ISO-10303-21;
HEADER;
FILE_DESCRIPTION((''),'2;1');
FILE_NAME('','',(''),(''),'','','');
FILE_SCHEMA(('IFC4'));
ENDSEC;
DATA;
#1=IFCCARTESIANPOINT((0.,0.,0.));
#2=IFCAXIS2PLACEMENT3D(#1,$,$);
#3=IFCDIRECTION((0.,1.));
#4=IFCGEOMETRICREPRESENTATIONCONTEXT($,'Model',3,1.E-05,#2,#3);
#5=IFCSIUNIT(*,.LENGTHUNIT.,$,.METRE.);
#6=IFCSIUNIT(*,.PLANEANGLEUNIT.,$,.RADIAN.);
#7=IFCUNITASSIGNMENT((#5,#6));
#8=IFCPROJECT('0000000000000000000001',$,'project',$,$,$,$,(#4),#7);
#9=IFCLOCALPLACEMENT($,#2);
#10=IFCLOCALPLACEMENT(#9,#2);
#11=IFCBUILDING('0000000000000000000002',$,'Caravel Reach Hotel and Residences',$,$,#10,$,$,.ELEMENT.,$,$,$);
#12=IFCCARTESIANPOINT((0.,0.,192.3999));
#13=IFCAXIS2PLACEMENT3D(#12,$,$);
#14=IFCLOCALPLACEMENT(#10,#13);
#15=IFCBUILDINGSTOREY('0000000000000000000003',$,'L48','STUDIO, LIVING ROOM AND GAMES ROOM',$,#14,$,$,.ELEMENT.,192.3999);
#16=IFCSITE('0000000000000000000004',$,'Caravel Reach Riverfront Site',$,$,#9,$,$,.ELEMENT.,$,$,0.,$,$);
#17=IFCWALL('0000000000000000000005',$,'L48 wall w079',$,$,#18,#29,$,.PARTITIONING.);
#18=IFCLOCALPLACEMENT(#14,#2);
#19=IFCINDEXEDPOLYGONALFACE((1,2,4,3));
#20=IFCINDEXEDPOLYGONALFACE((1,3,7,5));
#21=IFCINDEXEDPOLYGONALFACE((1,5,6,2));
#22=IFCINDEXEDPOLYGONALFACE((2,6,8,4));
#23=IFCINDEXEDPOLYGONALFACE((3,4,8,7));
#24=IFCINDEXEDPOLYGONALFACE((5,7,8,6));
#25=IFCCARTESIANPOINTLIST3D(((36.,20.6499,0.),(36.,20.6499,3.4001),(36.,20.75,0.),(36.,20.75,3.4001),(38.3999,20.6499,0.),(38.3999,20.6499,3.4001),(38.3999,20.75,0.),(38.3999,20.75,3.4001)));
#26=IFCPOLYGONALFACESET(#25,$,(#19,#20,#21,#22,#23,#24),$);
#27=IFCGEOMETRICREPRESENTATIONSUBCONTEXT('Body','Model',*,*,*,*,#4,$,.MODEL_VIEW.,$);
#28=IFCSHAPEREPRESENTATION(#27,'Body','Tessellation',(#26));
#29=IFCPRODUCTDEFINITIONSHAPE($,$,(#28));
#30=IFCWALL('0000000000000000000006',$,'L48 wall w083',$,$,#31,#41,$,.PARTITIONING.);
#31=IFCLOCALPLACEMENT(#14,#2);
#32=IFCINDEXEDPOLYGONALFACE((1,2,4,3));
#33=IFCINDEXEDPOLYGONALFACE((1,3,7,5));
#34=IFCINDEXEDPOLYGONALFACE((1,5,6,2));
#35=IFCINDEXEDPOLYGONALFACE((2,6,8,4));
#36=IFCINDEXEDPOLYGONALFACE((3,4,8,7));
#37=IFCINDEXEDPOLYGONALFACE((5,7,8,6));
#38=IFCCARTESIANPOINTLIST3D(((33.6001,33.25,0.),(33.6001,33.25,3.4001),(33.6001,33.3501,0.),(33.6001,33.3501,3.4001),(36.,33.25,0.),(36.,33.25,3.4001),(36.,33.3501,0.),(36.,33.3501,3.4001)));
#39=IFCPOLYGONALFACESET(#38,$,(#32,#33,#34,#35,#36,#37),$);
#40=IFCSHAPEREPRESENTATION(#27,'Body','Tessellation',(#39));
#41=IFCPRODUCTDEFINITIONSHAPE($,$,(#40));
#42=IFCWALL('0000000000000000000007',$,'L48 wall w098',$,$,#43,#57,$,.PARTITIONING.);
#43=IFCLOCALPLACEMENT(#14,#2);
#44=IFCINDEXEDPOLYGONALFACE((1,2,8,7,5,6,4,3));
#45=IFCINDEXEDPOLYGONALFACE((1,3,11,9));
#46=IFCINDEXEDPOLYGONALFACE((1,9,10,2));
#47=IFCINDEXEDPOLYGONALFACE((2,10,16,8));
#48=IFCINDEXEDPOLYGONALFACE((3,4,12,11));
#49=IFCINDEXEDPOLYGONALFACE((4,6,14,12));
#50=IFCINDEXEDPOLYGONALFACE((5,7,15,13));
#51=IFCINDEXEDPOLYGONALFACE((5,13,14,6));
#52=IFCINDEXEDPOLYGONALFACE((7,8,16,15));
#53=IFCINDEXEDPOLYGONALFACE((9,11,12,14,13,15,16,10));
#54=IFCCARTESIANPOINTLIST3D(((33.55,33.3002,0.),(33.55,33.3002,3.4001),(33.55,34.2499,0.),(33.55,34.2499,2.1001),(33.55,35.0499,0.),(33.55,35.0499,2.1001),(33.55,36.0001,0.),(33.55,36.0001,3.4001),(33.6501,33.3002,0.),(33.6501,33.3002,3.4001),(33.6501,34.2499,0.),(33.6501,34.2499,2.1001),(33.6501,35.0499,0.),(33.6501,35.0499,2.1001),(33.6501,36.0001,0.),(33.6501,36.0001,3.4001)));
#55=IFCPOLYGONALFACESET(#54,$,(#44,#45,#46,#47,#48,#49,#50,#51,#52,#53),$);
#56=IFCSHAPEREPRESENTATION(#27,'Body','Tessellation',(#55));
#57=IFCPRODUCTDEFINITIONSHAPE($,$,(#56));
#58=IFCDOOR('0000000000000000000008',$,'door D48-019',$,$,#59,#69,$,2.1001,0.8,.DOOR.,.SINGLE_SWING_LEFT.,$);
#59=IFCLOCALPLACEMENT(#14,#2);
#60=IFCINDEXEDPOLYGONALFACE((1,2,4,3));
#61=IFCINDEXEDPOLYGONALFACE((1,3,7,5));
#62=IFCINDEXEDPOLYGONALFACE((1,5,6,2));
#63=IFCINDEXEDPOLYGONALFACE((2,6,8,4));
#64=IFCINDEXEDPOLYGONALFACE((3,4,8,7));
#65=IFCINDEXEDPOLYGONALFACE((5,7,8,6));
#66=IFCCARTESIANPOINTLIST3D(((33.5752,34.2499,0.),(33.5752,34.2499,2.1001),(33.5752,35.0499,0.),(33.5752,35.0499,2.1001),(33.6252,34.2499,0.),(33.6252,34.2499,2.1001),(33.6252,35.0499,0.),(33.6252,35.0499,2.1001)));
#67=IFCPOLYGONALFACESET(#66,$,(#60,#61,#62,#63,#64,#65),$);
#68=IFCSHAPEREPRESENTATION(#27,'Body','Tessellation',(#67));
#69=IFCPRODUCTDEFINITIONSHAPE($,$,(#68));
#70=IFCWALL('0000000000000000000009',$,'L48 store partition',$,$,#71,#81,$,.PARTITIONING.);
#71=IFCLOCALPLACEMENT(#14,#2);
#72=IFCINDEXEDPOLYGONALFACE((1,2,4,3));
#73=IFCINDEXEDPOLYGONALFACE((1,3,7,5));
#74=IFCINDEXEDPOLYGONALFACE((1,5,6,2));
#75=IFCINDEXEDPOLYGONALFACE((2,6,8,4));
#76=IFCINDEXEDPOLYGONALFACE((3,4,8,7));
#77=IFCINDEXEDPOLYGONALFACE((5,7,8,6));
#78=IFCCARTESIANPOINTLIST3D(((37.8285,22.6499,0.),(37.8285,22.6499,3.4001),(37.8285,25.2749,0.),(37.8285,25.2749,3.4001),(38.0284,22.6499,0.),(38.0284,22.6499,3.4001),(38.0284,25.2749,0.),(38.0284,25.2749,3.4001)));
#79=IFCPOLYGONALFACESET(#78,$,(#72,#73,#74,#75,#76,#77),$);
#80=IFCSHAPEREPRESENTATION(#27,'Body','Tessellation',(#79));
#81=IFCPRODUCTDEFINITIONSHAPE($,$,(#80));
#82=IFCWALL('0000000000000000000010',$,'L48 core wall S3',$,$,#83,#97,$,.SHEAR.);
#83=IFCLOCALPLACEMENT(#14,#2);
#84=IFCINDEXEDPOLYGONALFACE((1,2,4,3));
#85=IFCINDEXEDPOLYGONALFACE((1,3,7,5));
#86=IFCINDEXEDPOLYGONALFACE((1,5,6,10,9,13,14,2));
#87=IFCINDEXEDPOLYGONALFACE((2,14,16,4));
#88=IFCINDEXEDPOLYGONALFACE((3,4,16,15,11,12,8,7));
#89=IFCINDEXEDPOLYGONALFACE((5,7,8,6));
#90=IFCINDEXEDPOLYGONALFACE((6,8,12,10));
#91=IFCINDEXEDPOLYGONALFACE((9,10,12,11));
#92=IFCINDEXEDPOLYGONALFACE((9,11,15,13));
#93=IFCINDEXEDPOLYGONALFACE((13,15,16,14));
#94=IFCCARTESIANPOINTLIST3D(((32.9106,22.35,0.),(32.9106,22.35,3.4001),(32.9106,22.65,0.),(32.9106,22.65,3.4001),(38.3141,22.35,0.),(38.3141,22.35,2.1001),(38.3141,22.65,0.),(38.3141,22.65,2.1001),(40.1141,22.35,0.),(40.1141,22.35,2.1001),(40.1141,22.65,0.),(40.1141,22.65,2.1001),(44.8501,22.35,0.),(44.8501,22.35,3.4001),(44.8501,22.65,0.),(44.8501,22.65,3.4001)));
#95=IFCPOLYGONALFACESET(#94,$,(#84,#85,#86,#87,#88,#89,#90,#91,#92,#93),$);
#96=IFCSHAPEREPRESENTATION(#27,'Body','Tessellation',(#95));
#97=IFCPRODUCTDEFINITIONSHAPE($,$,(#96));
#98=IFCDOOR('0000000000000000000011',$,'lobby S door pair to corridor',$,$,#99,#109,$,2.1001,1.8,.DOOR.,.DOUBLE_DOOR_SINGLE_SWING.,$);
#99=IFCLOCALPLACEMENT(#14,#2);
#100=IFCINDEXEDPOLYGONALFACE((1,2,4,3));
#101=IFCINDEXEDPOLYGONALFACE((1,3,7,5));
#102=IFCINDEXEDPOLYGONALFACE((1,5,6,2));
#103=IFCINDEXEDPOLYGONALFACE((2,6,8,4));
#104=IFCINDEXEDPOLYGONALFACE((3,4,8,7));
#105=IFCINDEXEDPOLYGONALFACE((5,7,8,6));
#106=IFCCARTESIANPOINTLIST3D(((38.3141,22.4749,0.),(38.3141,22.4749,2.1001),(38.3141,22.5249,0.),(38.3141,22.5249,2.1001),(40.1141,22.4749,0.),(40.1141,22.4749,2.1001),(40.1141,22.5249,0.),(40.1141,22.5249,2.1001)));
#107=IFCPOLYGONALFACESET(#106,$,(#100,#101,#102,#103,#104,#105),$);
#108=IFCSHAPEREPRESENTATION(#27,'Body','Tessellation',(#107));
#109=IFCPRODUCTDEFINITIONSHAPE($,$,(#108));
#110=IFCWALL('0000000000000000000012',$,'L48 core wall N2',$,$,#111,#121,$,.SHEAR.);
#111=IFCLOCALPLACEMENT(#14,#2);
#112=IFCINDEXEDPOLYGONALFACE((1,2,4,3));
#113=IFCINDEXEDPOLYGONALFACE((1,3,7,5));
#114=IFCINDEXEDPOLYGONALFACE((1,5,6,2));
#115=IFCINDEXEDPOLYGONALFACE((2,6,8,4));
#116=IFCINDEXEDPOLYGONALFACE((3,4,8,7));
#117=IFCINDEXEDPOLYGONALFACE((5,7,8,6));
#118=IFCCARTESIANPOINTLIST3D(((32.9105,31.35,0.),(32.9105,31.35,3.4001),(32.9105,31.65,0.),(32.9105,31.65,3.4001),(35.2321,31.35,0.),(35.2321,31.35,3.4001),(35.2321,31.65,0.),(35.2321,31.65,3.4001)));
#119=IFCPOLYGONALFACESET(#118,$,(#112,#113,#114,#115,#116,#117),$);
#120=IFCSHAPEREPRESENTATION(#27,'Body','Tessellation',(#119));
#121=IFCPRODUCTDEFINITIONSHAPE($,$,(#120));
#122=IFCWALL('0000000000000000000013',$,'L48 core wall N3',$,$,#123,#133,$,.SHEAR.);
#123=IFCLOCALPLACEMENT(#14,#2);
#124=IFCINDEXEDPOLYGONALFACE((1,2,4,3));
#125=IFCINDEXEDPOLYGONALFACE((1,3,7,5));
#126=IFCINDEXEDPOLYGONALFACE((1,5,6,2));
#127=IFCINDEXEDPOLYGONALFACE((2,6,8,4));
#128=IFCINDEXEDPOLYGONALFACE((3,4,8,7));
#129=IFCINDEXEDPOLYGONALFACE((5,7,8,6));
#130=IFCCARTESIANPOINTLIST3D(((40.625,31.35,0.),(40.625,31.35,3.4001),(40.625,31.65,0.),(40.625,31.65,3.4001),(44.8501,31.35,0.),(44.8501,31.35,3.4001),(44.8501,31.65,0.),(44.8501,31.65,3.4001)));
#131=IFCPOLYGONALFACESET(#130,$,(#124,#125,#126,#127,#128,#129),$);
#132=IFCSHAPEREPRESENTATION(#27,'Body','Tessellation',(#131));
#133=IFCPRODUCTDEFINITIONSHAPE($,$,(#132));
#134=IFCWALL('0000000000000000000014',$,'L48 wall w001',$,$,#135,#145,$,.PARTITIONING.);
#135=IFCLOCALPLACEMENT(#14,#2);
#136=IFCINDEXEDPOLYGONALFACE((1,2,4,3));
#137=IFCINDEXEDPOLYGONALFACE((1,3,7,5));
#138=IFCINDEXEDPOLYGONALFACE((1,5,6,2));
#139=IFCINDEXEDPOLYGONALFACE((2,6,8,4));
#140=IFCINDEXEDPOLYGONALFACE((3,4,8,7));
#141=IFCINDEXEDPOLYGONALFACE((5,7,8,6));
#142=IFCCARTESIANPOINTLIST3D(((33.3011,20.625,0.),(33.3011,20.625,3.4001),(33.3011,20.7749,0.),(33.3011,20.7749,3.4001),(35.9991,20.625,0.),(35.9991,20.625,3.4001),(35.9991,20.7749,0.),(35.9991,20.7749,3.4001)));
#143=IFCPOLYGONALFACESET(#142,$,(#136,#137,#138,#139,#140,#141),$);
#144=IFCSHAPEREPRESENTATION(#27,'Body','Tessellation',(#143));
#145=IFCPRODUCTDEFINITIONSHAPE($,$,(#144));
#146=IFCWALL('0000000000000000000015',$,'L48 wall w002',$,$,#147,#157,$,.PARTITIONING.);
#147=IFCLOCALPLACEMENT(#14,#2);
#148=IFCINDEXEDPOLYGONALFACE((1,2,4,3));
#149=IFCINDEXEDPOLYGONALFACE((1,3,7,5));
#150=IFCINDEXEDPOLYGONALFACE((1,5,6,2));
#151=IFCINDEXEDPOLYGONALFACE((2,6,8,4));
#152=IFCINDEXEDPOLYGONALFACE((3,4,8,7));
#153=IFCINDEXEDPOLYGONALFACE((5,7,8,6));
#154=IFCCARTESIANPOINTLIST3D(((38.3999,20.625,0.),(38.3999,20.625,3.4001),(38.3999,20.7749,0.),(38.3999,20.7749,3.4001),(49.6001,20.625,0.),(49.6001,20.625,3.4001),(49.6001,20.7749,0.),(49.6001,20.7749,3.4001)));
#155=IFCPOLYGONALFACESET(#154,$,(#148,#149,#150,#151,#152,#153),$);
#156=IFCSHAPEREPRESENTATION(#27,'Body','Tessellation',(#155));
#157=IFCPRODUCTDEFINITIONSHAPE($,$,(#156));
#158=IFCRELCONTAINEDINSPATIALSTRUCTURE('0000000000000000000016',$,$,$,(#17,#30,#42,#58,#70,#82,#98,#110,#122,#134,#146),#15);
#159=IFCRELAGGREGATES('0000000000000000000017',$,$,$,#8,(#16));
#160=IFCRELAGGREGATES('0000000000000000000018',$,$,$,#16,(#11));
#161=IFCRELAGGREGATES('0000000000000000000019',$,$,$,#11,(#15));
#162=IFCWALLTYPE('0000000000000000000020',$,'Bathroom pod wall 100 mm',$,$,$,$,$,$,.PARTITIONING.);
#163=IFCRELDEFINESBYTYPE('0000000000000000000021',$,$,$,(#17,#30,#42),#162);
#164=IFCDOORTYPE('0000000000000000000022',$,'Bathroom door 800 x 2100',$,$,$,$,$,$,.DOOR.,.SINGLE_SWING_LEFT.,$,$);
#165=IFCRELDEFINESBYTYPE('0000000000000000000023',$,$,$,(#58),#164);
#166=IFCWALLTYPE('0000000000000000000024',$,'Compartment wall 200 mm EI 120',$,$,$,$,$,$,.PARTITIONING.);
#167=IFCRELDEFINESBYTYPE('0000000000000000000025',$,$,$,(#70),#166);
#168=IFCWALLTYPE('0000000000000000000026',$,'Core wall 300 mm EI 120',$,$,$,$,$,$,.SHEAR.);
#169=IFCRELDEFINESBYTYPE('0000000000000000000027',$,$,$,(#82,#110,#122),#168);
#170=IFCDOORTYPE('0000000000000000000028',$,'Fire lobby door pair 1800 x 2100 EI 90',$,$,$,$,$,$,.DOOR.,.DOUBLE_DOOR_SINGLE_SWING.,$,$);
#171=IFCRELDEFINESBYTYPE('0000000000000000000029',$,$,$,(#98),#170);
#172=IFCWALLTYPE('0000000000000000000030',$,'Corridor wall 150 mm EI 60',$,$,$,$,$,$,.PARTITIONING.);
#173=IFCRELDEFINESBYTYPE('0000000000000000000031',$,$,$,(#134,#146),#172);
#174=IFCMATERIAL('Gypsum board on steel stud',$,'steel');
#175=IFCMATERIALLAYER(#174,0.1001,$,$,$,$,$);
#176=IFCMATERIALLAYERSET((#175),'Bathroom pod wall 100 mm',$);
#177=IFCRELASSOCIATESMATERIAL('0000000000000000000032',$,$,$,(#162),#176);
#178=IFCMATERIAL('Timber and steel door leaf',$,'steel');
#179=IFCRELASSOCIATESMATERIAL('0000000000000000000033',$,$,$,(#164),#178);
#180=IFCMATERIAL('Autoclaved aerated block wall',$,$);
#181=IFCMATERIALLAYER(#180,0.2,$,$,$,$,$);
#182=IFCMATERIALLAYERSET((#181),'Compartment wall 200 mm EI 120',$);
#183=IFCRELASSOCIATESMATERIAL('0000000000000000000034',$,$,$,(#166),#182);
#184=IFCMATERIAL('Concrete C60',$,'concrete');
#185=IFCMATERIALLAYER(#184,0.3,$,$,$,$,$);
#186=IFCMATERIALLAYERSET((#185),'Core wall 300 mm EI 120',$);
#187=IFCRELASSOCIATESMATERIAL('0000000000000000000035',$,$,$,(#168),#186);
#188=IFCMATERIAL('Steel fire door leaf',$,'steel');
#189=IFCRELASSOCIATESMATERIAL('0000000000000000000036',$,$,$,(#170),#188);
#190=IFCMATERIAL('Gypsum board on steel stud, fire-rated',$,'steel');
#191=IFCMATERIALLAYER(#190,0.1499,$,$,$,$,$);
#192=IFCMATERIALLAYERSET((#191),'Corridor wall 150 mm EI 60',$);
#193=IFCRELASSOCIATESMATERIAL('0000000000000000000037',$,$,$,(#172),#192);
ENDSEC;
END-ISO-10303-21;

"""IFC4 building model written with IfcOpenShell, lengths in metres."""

from ifc_helpers import new_model, si_unit, direction, frame, frame_2d, origin, place, context, subcontext, project, spatial, rectangle, extrude, material, layer, layer_set, type_object, element, fill, save


model = new_model("IFC4")

# Units and contexts
model_context = context("Model", 3, precision=1e-05, world=origin(), true_north=direction((0.0, 1.0)))
body_context = subcontext(model_context, "Body", "Model", "MODEL_VIEW")
ifc_project = project(units=[si_unit("LENGTHUNIT", "METRE"), si_unit("PLANEANGLEUNIT", "RADIAN")], contexts=[model_context])

# Site, building, storey
site_placement = place(None, origin())
site = spatial("IfcSite", under=ifc_project, at=site_placement, Name="Caravel Reach Riverfront Site", CompositionType="ELEMENT", RefElevation=0.0)
building_placement = place(site_placement, origin())
building = spatial("IfcBuilding", under=site, at=building_placement, Name="Caravel Reach Hotel and Residences", CompositionType="ELEMENT")
storey_placement = place(building_placement, frame((0.0, 0.0, 192.3999)))
storey = spatial("IfcBuildingStorey", under=building, at=storey_placement, Name="L48", Description="STUDIO, LIVING ROOM AND GAMES ROOM", CompositionType="ELEMENT", Elevation=192.3999)

# Walls
ifc_material_1 = material(Name="Gypsum board on steel stud", Category="steel")
ifc_layer_1 = layer(ifc_material_1, 0.1001)
ifc_layer_set_1 = layer_set([ifc_layer_1], Name="Bathroom pod wall 100 mm")
wall_type_1 = type_object("IfcWallType", Name="Bathroom pod wall 100 mm", PredefinedType="PARTITIONING", material=ifc_layer_set_1)
for number, where, z_axis, x_axis, name in (
    (1, (36.0, 20.7, 0.0), (0.0, 0.0, 1.0), (1.0, 0.0, 0.0), "L48 wall w079"),
    (2, (33.6001, 33.3, 0.0), (0.0, 0.0, 1.0), (1.0, 0.0, 0.0), "L48 wall w083"),
):
    element("IfcWall", number, at=place(storey_placement, frame(where, z_axis=z_axis, x_axis=x_axis)), inside=storey, type_object=wall_type_1, Name=name, PredefinedType="PARTITIONING", context=body_context, shape_type="SweptSolid", body=[
        extrude(rectangle(XDim=2.3999, YDim=0.1001, at=frame_2d((1.2, 0.0))), origin(), (0.0, 0.0, 1.0), 3.4001),
    ])

# Wall, opening, door
wall_1_placement = place(storey_placement, frame((33.6001, 33.3, 0.0), z_axis=(0.0, 0.0, 1.0), x_axis=(0.0, 1.0, 0.0)))
wall_1 = element("IfcWall", 3, at=wall_1_placement, inside=storey, type_object=wall_type_1, Name="L48 wall w098", PredefinedType="PARTITIONING", context=body_context, shape_type="SweptSolid", body=[
    extrude(rectangle(XDim=2.7, YDim=0.1001, at=frame_2d((1.3501, 0.0))), origin(), (0.0, 0.0, 1.0), 3.4001),
])
opening_1_placement = place(wall_1_placement, frame((0.95, 0.0, 0.0)))
opening_1 = element("IfcOpeningElement", 4, at=opening_1_placement, cuts=wall_1, PredefinedType="OPENING", context=body_context, shape_type="SweptSolid", body=[
    extrude(rectangle(XDim=0.8, YDim=2.1001, at=frame_2d((0.3999, 1.05))), frame((0.0, 0.0601, 0.0), z_axis=(0.0, -1.0, 0.0), x_axis=(1.0, 0.0, 0.0)), (0.0, 0.0, 1.0), 0.1201),
])
ifc_material_2 = material(Name="Timber and steel door leaf", Category="steel")
door_type_1 = type_object("IfcDoorType", Name="Bathroom door 800 x 2100", OperationType="SINGLE_SWING_LEFT", PredefinedType="DOOR", material=ifc_material_2)
door_1_placement = place(opening_1_placement, origin())
door_1 = element("IfcDoor", 5, at=door_1_placement, inside=storey, type_object=door_type_1, Name="door D48-019", OperationType="SINGLE_SWING_LEFT", OverallHeight=2.1001, OverallWidth=0.8, PredefinedType="DOOR", context=body_context, shape_type="SweptSolid", body=[
    extrude(rectangle(XDim=0.8, YDim=2.1001, at=frame_2d((0.3999, 1.05))), frame((0.0, 0.0249, 0.0), z_axis=(0.0, -1.0, 0.0), x_axis=(1.0, 0.0, 0.0)), (0.0, 0.0, 1.0), 0.05),
])
fill(opening_1, door_1)

# Wall
ifc_material_3 = material(Name="Autoclaved aerated block wall")
ifc_layer_2 = layer(ifc_material_3, 0.2)
ifc_layer_set_2 = layer_set([ifc_layer_2], Name="Compartment wall 200 mm EI 120")
wall_type_2 = type_object("IfcWallType", Name="Compartment wall 200 mm EI 120", PredefinedType="PARTITIONING", material=ifc_layer_set_2)
wall_2_placement = place(storey_placement, frame((37.9285, 22.6499, 0.0), z_axis=(0.0, 0.0, 1.0), x_axis=(0.0, 1.0, 0.0)))
element("IfcWall", 6, at=wall_2_placement, inside=storey, type_object=wall_type_2, Name="L48 store partition", PredefinedType="PARTITIONING", context=body_context, shape_type="SweptSolid", body=[
    extrude(rectangle(XDim=2.625, YDim=0.2, at=frame_2d((1.3125, 0.0))), origin(), (0.0, 0.0, 1.0), 3.4001),
])

# Wall, opening, door
ifc_material_4 = material(Name="Concrete C60", Category="concrete")
ifc_layer_3 = layer(ifc_material_4, 0.3)
ifc_layer_set_3 = layer_set([ifc_layer_3], Name="Core wall 300 mm EI 120")
wall_type_3 = type_object("IfcWallType", Name="Core wall 300 mm EI 120", PredefinedType="SHEAR", material=ifc_layer_set_3)
wall_3_placement = place(storey_placement, frame((32.9106, 22.5, 0.0), z_axis=(0.0, 0.0, 1.0), x_axis=(1.0, 0.0, 0.0)))
wall_3 = element("IfcWall", 7, at=wall_3_placement, inside=storey, type_object=wall_type_3, Name="L48 core wall S3", PredefinedType="SHEAR", context=body_context, shape_type="SweptSolid", body=[
    extrude(rectangle(XDim=11.9395, YDim=0.3, at=frame_2d((5.9697, 0.0))), origin(), (0.0, 0.0, 1.0), 3.4001),
])
opening_2_placement = place(wall_3_placement, frame((5.4036, 0.0, 0.0)))
opening_2 = element("IfcOpeningElement", 8, at=opening_2_placement, cuts=wall_3, PredefinedType="OPENING", context=body_context, shape_type="SweptSolid", body=[
    extrude(rectangle(XDim=1.8, YDim=2.1001, at=frame_2d((0.8999, 1.05))), frame((0.0, 0.1599, 0.0), z_axis=(0.0, -1.0, 0.0), x_axis=(1.0, 0.0, 0.0)), (0.0, 0.0, 1.0), 0.3201),
])
ifc_material_5 = material(Name="Steel fire door leaf", Category="steel")
door_type_2 = type_object("IfcDoorType", Name="Fire lobby door pair 1800 x 2100 EI 90", OperationType="DOUBLE_DOOR_SINGLE_SWING", PredefinedType="DOOR", material=ifc_material_5)
door_2_placement = place(opening_2_placement, origin())
door_2 = element("IfcDoor", 9, at=door_2_placement, inside=storey, type_object=door_type_2, Name="lobby S door pair to corridor", OperationType="DOUBLE_DOOR_SINGLE_SWING", OverallHeight=2.1001, OverallWidth=1.8, PredefinedType="DOOR", context=body_context, shape_type="SweptSolid", body=[
    extrude(rectangle(XDim=1.8, YDim=2.1001, at=frame_2d((0.8999, 1.05))), frame((0.0, 0.0249, 0.0), z_axis=(0.0, -1.0, 0.0), x_axis=(1.0, 0.0, 0.0)), (0.0, 0.0, 1.0), 0.05),
])
fill(opening_2, door_2)

# Walls
wall_4_placement = place(storey_placement, frame((32.9106, 31.5, 0.0), z_axis=(0.0, 0.0, 1.0), x_axis=(1.0, 0.0, 0.0)))
element("IfcWall", 10, at=wall_4_placement, inside=storey, type_object=wall_type_3, Name="L48 core wall N2", PredefinedType="SHEAR", context=body_context, shape_type="SweptSolid", body=[
    extrude(rectangle(XDim=2.3215, YDim=0.3, at=frame_2d((1.1606, 0.0))), origin(), (0.0, 0.0, 1.0), 3.4001),
])
wall_5_placement = place(storey_placement, frame((40.625, 31.5, 0.0), z_axis=(0.0, 0.0, 1.0), x_axis=(1.0, 0.0, 0.0)))
element("IfcWall", 11, at=wall_5_placement, inside=storey, type_object=wall_type_3, Name="L48 core wall N3", PredefinedType="SHEAR", context=body_context, shape_type="SweptSolid", body=[
    extrude(rectangle(XDim=4.2251, YDim=0.3, at=frame_2d((2.1125, 0.0))), origin(), (0.0, 0.0, 1.0), 3.4001),
])
ifc_material_6 = material(Name="Gypsum board on steel stud, fire-rated", Category="steel")
ifc_layer_4 = layer(ifc_material_6, 0.1499)
ifc_layer_set_4 = layer_set([ifc_layer_4], Name="Corridor wall 150 mm EI 60")
wall_type_4 = type_object("IfcWallType", Name="Corridor wall 150 mm EI 60", PredefinedType="PARTITIONING", material=ifc_layer_set_4)
wall_6_placement = place(storey_placement, frame((33.301, 20.7, 0.0), z_axis=(0.0, 0.0, 1.0), x_axis=(1.0, 0.0, 0.0)))
element("IfcWall", 12, at=wall_6_placement, inside=storey, type_object=wall_type_4, Name="L48 wall w001", PredefinedType="PARTITIONING", context=body_context, shape_type="SweptSolid", body=[
    extrude(rectangle(XDim=2.698, YDim=0.1499, at=frame_2d((1.3491, 0.0))), origin(), (0.0, 0.0, 1.0), 3.4001),
])
wall_7_placement = place(storey_placement, frame((38.3999, 20.7, 0.0), z_axis=(0.0, 0.0, 1.0), x_axis=(1.0, 0.0, 0.0)))
element("IfcWall", 13, at=wall_7_placement, inside=storey, type_object=wall_type_4, Name="L48 wall w002", PredefinedType="PARTITIONING", context=body_context, shape_type="SweptSolid", body=[
    extrude(rectangle(XDim=11.2002, YDim=0.1499, at=frame_2d((5.6001, 0.0))), origin(), (0.0, 0.0, 1.0), 3.4001),
])

save(model, "model.ifc")
